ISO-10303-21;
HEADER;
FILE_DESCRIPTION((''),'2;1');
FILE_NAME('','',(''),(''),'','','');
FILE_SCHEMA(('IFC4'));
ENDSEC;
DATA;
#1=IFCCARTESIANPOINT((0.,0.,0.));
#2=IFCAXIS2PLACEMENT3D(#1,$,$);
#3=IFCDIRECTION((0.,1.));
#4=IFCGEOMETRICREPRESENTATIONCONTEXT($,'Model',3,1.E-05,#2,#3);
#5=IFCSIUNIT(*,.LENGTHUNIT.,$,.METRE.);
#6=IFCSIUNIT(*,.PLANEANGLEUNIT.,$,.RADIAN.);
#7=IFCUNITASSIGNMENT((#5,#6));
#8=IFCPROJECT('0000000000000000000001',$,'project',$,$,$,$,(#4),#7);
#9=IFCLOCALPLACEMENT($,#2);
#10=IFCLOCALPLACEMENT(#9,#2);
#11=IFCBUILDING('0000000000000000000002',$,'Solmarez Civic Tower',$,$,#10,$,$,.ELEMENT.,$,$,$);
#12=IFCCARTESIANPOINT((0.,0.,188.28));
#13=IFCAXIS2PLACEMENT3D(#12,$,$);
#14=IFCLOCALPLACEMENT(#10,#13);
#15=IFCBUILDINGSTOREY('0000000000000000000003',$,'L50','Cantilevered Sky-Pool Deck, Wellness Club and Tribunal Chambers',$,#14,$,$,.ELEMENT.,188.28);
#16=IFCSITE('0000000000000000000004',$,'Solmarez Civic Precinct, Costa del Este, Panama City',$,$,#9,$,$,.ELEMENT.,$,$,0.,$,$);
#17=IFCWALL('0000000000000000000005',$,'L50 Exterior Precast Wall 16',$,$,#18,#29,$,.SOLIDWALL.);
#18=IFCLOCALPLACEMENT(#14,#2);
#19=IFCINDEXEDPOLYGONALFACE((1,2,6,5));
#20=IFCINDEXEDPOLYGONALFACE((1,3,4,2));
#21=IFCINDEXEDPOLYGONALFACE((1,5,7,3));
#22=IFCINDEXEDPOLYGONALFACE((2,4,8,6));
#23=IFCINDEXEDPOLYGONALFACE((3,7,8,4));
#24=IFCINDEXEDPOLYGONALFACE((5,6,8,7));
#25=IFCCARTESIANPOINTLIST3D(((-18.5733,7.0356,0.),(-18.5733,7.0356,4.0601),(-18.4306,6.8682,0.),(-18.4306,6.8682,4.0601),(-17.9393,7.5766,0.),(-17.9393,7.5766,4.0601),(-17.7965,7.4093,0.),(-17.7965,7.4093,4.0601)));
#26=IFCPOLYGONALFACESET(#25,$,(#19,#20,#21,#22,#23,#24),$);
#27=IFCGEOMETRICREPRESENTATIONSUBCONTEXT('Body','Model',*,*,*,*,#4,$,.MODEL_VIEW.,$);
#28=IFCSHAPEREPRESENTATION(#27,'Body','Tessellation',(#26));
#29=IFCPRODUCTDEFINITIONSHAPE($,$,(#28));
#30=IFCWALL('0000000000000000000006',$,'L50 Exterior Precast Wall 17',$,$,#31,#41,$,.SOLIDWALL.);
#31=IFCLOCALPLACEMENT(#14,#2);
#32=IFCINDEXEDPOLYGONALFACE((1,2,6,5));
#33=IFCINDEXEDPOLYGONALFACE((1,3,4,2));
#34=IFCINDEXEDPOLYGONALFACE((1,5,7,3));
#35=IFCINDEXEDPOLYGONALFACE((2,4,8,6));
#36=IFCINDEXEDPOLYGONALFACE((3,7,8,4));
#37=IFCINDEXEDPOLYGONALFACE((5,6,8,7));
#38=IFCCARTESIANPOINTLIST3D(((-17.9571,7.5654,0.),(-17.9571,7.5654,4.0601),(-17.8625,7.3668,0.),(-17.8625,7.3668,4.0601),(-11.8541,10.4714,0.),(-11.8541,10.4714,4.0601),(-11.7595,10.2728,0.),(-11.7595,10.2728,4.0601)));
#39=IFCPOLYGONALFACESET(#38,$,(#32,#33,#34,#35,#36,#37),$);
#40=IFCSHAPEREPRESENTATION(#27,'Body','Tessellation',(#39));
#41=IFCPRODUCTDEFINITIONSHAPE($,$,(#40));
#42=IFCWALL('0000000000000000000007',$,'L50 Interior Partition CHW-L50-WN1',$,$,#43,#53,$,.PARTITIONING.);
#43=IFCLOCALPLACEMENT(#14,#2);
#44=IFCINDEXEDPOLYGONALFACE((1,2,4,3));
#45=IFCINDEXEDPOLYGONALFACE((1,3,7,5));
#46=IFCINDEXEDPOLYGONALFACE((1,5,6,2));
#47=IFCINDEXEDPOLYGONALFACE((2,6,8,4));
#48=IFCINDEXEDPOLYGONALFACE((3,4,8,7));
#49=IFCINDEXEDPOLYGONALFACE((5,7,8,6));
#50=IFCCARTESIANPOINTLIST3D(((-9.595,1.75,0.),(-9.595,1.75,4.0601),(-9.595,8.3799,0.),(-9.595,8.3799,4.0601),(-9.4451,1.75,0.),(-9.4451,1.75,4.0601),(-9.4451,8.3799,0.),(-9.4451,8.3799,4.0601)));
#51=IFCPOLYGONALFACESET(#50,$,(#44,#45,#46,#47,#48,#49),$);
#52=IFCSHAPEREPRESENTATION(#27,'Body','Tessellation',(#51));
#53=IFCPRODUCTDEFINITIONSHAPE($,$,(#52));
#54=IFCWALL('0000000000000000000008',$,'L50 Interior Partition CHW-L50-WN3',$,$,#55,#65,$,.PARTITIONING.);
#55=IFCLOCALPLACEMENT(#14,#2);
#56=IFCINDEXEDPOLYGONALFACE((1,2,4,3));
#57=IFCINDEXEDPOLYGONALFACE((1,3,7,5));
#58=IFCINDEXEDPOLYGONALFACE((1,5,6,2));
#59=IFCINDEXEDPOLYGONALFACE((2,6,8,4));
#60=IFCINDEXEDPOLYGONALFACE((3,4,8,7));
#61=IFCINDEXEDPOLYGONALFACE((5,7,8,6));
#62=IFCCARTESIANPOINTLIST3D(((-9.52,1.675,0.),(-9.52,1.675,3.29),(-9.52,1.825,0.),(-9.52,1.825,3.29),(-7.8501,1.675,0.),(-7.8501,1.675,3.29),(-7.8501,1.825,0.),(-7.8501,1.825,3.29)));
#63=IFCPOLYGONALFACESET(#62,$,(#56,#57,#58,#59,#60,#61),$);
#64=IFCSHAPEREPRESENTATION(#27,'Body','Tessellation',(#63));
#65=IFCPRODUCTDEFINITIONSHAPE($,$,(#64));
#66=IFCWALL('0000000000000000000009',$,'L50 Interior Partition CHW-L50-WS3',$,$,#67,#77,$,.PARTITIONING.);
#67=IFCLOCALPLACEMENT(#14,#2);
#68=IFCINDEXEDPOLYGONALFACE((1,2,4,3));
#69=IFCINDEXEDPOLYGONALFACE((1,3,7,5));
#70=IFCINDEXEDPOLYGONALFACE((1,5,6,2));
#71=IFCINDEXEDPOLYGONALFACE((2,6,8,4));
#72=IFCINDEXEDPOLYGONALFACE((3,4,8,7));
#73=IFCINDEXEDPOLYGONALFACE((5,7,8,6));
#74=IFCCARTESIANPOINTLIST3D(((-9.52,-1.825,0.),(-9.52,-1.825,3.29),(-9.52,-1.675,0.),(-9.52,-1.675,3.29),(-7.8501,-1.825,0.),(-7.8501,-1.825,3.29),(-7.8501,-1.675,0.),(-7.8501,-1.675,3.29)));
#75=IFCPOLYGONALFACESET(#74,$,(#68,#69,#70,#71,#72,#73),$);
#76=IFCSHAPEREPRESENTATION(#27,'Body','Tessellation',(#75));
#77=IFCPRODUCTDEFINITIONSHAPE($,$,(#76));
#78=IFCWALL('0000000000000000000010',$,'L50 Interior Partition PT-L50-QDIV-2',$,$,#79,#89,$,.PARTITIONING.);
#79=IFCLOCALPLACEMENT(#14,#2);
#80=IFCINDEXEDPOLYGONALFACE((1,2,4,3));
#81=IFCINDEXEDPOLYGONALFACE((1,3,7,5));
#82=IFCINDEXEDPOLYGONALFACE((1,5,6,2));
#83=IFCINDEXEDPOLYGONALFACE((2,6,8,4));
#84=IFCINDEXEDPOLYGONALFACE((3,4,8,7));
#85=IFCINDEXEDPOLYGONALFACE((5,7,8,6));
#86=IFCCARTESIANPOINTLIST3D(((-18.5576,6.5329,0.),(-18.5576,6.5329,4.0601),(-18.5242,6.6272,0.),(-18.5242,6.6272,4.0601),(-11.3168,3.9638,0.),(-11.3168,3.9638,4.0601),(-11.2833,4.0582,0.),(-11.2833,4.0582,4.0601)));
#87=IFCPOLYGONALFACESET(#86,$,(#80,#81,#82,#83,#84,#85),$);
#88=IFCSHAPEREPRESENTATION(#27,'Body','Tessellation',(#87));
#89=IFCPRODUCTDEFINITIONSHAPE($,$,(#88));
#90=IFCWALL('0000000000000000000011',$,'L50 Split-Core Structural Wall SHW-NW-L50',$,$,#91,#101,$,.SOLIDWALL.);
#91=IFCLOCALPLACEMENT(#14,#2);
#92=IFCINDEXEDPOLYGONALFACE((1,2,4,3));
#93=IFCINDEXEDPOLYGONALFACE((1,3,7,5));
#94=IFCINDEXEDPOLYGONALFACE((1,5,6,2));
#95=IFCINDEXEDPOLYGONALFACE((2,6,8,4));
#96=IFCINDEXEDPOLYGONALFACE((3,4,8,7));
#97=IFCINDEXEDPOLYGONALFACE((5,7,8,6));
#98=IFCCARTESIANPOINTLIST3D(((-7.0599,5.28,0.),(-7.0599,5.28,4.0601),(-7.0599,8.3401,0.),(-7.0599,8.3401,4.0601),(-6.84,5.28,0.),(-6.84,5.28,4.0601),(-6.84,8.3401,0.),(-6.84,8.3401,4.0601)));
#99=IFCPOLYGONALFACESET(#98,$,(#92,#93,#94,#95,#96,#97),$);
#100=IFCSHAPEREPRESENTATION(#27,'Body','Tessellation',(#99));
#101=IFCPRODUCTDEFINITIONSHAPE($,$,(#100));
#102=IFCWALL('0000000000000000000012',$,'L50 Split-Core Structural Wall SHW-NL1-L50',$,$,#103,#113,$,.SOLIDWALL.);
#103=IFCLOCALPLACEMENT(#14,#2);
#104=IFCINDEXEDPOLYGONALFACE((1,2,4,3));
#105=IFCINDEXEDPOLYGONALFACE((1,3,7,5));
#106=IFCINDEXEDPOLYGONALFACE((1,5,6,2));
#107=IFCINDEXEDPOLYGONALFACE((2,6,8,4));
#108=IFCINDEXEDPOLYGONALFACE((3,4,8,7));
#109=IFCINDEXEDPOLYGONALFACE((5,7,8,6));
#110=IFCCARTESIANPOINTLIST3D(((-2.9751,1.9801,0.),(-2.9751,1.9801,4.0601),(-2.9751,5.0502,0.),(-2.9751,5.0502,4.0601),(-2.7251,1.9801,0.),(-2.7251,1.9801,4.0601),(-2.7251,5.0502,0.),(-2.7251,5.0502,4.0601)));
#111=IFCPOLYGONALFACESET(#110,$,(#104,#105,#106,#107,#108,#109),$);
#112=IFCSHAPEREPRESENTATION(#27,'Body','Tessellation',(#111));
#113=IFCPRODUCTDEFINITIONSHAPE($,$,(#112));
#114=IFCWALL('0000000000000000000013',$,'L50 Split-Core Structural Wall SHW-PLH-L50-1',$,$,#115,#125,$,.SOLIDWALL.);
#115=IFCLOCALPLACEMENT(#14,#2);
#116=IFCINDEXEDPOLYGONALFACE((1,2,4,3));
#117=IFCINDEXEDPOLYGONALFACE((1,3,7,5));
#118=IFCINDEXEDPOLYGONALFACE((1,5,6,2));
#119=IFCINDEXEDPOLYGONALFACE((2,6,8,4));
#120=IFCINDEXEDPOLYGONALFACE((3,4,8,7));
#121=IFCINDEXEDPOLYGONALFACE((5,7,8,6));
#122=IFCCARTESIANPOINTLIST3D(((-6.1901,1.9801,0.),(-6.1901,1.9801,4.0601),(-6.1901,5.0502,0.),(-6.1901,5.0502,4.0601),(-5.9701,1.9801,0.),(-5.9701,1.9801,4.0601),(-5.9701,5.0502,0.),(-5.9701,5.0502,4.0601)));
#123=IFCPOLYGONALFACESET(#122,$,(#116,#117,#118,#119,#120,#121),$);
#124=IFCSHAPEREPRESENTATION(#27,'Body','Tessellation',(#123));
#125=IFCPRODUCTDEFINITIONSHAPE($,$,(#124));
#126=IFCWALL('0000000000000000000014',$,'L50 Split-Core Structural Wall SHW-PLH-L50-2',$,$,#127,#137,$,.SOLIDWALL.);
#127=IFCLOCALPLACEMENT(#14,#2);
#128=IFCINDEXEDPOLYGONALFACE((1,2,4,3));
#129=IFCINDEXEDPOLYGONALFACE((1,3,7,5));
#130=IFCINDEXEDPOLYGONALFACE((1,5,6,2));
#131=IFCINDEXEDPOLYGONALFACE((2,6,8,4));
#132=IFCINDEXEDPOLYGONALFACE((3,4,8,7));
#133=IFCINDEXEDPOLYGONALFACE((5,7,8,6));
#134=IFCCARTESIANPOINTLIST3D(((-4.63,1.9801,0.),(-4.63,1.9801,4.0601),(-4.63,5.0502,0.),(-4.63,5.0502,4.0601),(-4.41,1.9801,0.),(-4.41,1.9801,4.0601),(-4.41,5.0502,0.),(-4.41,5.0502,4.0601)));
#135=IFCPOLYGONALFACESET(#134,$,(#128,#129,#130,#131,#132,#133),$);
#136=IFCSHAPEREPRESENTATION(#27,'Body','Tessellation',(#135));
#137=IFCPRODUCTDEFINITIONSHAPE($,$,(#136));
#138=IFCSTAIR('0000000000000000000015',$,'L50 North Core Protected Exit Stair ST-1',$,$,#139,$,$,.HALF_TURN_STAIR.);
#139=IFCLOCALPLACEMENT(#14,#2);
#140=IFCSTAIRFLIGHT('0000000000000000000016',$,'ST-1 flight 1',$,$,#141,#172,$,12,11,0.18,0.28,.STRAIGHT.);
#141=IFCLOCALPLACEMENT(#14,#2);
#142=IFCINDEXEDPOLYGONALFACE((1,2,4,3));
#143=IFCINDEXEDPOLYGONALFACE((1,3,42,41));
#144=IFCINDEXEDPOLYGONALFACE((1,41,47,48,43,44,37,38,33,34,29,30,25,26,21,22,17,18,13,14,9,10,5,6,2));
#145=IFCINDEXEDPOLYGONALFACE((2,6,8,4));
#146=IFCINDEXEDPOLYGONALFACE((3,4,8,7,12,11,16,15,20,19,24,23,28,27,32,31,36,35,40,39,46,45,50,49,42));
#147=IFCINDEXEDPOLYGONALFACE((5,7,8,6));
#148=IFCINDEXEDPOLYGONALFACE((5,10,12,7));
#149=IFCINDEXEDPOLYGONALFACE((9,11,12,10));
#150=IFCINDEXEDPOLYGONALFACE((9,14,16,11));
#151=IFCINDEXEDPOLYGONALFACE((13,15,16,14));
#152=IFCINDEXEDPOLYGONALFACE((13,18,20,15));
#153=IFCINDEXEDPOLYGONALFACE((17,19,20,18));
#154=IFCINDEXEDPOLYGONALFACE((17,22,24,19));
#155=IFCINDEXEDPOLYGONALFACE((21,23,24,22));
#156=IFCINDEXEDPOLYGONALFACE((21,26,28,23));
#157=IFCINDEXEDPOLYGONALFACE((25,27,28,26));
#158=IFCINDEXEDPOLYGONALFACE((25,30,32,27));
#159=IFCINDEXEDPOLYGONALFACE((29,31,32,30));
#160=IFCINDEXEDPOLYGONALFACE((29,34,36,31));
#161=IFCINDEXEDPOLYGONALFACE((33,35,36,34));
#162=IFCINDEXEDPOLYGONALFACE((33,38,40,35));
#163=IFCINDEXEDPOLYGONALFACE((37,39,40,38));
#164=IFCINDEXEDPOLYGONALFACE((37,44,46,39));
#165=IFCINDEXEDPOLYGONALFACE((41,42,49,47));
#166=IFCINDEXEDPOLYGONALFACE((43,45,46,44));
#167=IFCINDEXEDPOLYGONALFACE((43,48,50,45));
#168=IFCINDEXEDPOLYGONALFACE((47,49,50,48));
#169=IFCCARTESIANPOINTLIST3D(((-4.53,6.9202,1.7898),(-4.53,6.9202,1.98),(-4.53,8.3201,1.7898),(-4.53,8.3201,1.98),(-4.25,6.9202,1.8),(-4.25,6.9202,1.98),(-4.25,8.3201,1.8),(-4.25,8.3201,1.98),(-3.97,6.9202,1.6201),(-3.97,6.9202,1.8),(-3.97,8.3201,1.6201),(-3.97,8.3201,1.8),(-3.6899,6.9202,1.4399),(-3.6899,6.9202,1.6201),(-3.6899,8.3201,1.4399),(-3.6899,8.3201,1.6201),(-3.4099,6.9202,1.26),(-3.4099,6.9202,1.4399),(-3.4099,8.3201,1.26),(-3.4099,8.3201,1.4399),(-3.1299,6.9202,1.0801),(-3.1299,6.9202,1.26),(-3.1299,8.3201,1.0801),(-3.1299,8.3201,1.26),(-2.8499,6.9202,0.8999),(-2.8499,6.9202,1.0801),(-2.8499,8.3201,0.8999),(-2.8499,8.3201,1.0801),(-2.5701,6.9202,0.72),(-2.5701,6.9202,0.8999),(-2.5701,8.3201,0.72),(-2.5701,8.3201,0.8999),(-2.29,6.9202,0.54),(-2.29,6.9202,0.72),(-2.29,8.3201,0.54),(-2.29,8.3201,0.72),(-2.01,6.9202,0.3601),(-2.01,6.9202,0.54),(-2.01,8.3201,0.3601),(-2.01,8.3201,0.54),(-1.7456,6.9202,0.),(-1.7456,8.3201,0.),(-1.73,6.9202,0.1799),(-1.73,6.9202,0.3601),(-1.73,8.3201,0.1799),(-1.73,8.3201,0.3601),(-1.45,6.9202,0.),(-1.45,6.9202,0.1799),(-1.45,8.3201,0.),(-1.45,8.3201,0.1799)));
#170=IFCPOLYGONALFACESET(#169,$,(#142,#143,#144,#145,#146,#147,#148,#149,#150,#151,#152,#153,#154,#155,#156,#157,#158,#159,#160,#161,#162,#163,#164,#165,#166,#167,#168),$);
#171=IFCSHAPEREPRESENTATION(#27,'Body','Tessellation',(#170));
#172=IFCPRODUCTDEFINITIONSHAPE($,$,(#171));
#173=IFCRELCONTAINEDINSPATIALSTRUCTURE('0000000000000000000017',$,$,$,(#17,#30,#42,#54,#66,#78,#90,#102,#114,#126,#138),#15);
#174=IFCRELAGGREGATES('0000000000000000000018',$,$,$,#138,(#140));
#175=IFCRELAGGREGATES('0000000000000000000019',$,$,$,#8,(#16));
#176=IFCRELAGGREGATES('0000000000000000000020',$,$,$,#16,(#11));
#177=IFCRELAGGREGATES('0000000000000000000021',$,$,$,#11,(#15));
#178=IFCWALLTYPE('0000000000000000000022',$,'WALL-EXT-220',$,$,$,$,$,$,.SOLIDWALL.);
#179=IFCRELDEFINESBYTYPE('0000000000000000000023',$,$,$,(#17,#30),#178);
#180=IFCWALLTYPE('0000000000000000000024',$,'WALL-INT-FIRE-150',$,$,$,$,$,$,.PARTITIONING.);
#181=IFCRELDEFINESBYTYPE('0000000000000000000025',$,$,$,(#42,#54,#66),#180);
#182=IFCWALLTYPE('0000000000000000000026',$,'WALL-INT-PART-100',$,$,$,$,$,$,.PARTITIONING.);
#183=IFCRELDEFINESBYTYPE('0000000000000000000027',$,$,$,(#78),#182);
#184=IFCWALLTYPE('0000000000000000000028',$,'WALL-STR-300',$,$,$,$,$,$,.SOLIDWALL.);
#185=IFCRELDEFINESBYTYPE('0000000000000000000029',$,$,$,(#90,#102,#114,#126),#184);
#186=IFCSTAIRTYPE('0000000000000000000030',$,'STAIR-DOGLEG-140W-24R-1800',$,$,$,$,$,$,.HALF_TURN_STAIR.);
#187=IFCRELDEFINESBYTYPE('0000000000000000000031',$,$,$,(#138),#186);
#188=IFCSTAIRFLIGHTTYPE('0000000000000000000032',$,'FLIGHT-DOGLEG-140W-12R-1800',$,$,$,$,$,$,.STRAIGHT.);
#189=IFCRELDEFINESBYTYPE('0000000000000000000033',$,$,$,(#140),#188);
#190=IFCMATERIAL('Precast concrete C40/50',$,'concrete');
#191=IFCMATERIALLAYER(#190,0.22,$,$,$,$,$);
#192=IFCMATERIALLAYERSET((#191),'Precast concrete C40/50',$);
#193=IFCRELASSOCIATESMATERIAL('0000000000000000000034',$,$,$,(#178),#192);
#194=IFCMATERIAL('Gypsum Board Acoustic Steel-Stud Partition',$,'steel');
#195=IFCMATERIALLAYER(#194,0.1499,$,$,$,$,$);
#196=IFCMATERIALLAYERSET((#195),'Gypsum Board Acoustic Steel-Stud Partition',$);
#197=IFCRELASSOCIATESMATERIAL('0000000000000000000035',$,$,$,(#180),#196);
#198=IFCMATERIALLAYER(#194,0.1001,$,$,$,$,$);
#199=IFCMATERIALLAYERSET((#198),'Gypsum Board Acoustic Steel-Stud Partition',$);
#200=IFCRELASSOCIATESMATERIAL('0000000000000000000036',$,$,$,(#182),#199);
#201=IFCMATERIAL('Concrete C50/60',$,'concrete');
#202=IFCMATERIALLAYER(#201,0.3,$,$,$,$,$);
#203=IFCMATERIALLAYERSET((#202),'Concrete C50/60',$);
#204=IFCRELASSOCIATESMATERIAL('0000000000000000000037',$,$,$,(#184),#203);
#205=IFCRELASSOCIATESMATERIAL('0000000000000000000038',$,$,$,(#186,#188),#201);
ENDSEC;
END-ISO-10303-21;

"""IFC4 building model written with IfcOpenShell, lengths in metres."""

from ifc_helpers import new_model, si_unit, direction, frame, frame_2d, origin, place, context, subcontext, project, spatial, polyline, rectangle, outline, extrude, material, layer, layer_set, type_object, element, aggregate, save


model = new_model("IFC4")

# Units and contexts
model_context = context("Model", 3, precision=1e-05, world=origin(), true_north=direction((0.0, 1.0)))
body_context = subcontext(model_context, "Body", "Model", "MODEL_VIEW")
ifc_project = project(units=[si_unit("LENGTHUNIT", "METRE"), si_unit("PLANEANGLEUNIT", "RADIAN")], contexts=[model_context])

# Site, building, storey
site_placement = place(None, origin())
site = spatial("IfcSite", under=ifc_project, at=site_placement, Name="Solmarez Civic Precinct, Costa del Este, Panama City", CompositionType="ELEMENT", RefElevation=0.0)
building_placement = place(site_placement, origin())
building = spatial("IfcBuilding", under=site, at=building_placement, Name="Solmarez Civic Tower", CompositionType="ELEMENT")
storey_placement = place(building_placement, frame((0.0, 0.0, 188.28)))
storey = spatial("IfcBuildingStorey", under=building, at=storey_placement, Name="L50", Description="Cantilevered Sky-Pool Deck, Wellness Club and Tribunal Chambers", CompositionType="ELEMENT", Elevation=188.28)

# Shared definitions
ifc_material_1 = material(Name="Concrete C50/60", Category="concrete")

# Walls
ifc_material_2 = material(Name="Precast concrete C40/50", Category="concrete")
ifc_layer_1 = layer(ifc_material_2, 0.22)
ifc_layer_set_1 = layer_set([ifc_layer_1], Name="Precast concrete C40/50")
wall_type_1 = type_object("IfcWallType", Name="WALL-EXT-220", PredefinedType="SOLIDWALL", material=ifc_layer_set_1)
wall_1_placement = place(storey_placement, frame((-18.502, 6.9519, 0.0), z_axis=(0.0, 0.0, 1.0), x_axis=(0.760702, 0.649101, 0.0)))
element("IfcWall", 1, at=wall_1_placement, inside=storey, type_object=wall_type_1, Name="L50 Exterior Precast Wall 16", PredefinedType="SOLIDWALL", context=body_context, shape_type="SweptSolid", body=[
    extrude(rectangle(XDim=0.8335, YDim=0.22, at=frame_2d((0.4167, 0.0))), origin(), (0.0, 0.0, 1.0), 4.0601),
])
wall_2_placement = place(storey_placement, frame((-17.9099, 7.4661, 0.0), z_axis=(0.0, 0.0, 1.0), x_axis=(0.902872, 0.42991, 0.0)))
element("IfcWall", 2, at=wall_2_placement, inside=storey, type_object=wall_type_1, Name="L50 Exterior Precast Wall 17", PredefinedType="SOLIDWALL", context=body_context, shape_type="SweptSolid", body=[
    extrude(rectangle(XDim=6.7595, YDim=0.22, at=frame_2d((3.3799, 0.0))), origin(), (0.0, 0.0, 1.0), 4.0601),
])
ifc_material_3 = material(Name="Gypsum Board Acoustic Steel-Stud Partition", Category="steel")
ifc_layer_2 = layer(ifc_material_3, 0.1499)
ifc_layer_set_2 = layer_set([ifc_layer_2], Name="Gypsum Board Acoustic Steel-Stud Partition")
wall_type_2 = type_object("IfcWallType", Name="WALL-INT-FIRE-150", PredefinedType="PARTITIONING", material=ifc_layer_set_2)
wall_3_placement = place(storey_placement, frame((-9.52, 1.75, 0.0), z_axis=(0.0, 0.0, 1.0), x_axis=(0.0, 1.0, 0.0)))
element("IfcWall", 3, at=wall_3_placement, inside=storey, type_object=wall_type_2, Name="L50 Interior Partition CHW-L50-WN1", PredefinedType="PARTITIONING", context=body_context, shape_type="SweptSolid", body=[
    extrude(rectangle(XDim=6.6299, YDim=0.1499, at=frame_2d((3.3149, 0.0))), origin(), (0.0, 0.0, 1.0), 4.0601),
])
for number, where, z_axis, x_axis, name in (
    (4, (-7.8501, 1.75, 0.0), (0.0, 0.0, 1.0), (-1.0, 0.0, 0.0), "L50 Interior Partition CHW-L50-WN3"),
    (5, (-7.8501, -1.75, 0.0), (0.0, 0.0, 1.0), (-1.0, 0.0, 0.0), "L50 Interior Partition CHW-L50-WS3"),
):
    element("IfcWall", number, at=place(storey_placement, frame(where, z_axis=z_axis, x_axis=x_axis)), inside=storey, type_object=wall_type_2, Name=name, PredefinedType="PARTITIONING", context=body_context, shape_type="SweptSolid", body=[
        extrude(rectangle(XDim=1.6699, YDim=0.1499, at=frame_2d((0.835, 0.0))), origin(), (0.0, 0.0, 1.0), 3.29),
    ])
ifc_layer_3 = layer(ifc_material_3, 0.1001)
ifc_layer_set_3 = layer_set([ifc_layer_3], Name="Gypsum Board Acoustic Steel-Stud Partition")
wall_type_3 = type_object("IfcWallType", Name="WALL-INT-PART-100", PredefinedType="PARTITIONING", material=ifc_layer_set_3)
wall_4_placement = place(storey_placement, frame((-11.3, 4.011, 0.0), z_axis=(0.0, 0.0, 1.0), x_axis=(-0.942439, 0.334377, 0.0)))
element("IfcWall", 6, at=wall_4_placement, inside=storey, type_object=wall_type_3, Name="L50 Interior Partition PT-L50-QDIV-2", PredefinedType="PARTITIONING", context=body_context, shape_type="SweptSolid", body=[
    extrude(rectangle(XDim=7.6831, YDim=0.1001, at=frame_2d((3.8416, 0.0))), origin(), (0.0, 0.0, 1.0), 4.0601),
])
ifc_layer_4 = layer(ifc_material_1, 0.3)
ifc_layer_set_4 = layer_set([ifc_layer_4], Name="Concrete C50/60")
wall_type_4 = type_object("IfcWallType", Name="WALL-STR-300", PredefinedType="SOLIDWALL", material=ifc_layer_set_4)
wall_5_placement = place(storey_placement, frame((-6.95, 5.28, 0.0), z_axis=(0.0, 0.0, 1.0), x_axis=(0.0, 1.0, 0.0)))
element("IfcWall", 7, at=wall_5_placement, inside=storey, type_object=wall_type_4, Name="L50 Split-Core Structural Wall SHW-NW-L50", PredefinedType="SOLIDWALL", context=body_context, shape_type="SweptSolid", body=[
    extrude(rectangle(XDim=3.0601, YDim=0.22, at=frame_2d((1.53, 0.0))), origin(), (0.0, 0.0, 1.0), 4.0601),
])
wall_6_placement = place(storey_placement, frame((-2.8501, 1.98, 0.0), z_axis=(0.0, 0.0, 1.0), x_axis=(0.0, 1.0, 0.0)))
element("IfcWall", 8, at=wall_6_placement, inside=storey, type_object=wall_type_4, Name="L50 Split-Core Structural Wall SHW-NL1-L50", PredefinedType="SOLIDWALL", context=body_context, shape_type="SweptSolid", body=[
    extrude(rectangle(XDim=3.0701, YDim=0.25, at=frame_2d((1.5352, 0.0))), origin(), (0.0, 0.0, 1.0), 4.0601),
])
for number, where, z_axis, x_axis, name in (
    (9, (-6.0801, 1.98, 0.0), (0.0, 0.0, 1.0), (0.0, 1.0, 0.0), "L50 Split-Core Structural Wall SHW-PLH-L50-1"),
    (10, (-4.52, 1.98, 0.0), (0.0, 0.0, 1.0), (0.0, 1.0, 0.0), "L50 Split-Core Structural Wall SHW-PLH-L50-2"),
):
    element("IfcWall", number, at=place(storey_placement, frame(where, z_axis=z_axis, x_axis=x_axis)), inside=storey, type_object=wall_type_4, Name=name, PredefinedType="SOLIDWALL", context=body_context, shape_type="SweptSolid", body=[
        extrude(rectangle(XDim=3.0701, YDim=0.22, at=frame_2d((1.5352, 0.0))), origin(), (0.0, 0.0, 1.0), 4.0601),
    ])

# Stair, stair flight
stair_type = type_object("IfcStairType", Name="STAIR-DOGLEG-140W-24R-1800", PredefinedType="HALF_TURN_STAIR", material=ifc_material_1)
stair_placement = place(storey_placement, origin())
stair = element("IfcStair", 11, at=stair_placement, inside=storey, type_object=stair_type, Name="L50 North Core Protected Exit Stair ST-1", PredefinedType="HALF_TURN_STAIR")
stair_flight_type = type_object("IfcStairFlightType", Name="FLIGHT-DOGLEG-140W-12R-1800", PredefinedType="STRAIGHT", material=ifc_material_1)
stair_flight_1_placement = place(storey_placement, frame((-1.45, 7.6201, 0.0), z_axis=(0.0, 0.0, 1.0), x_axis=(-1.0, 0.0, 0.0)))
stair_flight_1 = element("IfcStairFlight", 12, at=stair_flight_1_placement, type_object=stair_flight_type, Name="ST-1 flight 1", NumberOfRisers=12, NumberOfTreads=11, PredefinedType="STRAIGHT", RiserHeight=0.18, TreadLength=0.28, context=body_context, shape_type="SweptSolid", body=[
    extrude(outline(polyline([(0.0, 0.0), (0.0, 0.1799), (0.28, 0.1799), (0.28, 0.3601), (0.5601, 0.3601), (0.5601, 0.54), (0.8401, 0.54), (0.8401, 0.72), (1.1201, 0.72), (1.1201, 0.8999), (1.3999, 0.8999), (1.3999, 1.0801), (1.6799, 1.0801), (1.6799, 1.26), (1.96, 1.26), (1.96, 1.4399), (2.24, 1.4399), (2.24, 1.6201), (2.52, 1.6201), (2.52, 1.8), (2.8, 1.8), (2.8, 1.98), (3.0801, 1.98), (3.0801, 2.1599), (3.0801, 1.7898), (0.2957, 0.0), (0.0, 0.0)])), frame((0.0, 0.7, 0.0), z_axis=(0.0, -1.0, 0.0), x_axis=(1.0, 0.0, 0.0)), (0.0, 0.0, 1.0), 1.3999),
])
aggregate(stair, [stair_flight_1])

save(model, "model.ifc")
